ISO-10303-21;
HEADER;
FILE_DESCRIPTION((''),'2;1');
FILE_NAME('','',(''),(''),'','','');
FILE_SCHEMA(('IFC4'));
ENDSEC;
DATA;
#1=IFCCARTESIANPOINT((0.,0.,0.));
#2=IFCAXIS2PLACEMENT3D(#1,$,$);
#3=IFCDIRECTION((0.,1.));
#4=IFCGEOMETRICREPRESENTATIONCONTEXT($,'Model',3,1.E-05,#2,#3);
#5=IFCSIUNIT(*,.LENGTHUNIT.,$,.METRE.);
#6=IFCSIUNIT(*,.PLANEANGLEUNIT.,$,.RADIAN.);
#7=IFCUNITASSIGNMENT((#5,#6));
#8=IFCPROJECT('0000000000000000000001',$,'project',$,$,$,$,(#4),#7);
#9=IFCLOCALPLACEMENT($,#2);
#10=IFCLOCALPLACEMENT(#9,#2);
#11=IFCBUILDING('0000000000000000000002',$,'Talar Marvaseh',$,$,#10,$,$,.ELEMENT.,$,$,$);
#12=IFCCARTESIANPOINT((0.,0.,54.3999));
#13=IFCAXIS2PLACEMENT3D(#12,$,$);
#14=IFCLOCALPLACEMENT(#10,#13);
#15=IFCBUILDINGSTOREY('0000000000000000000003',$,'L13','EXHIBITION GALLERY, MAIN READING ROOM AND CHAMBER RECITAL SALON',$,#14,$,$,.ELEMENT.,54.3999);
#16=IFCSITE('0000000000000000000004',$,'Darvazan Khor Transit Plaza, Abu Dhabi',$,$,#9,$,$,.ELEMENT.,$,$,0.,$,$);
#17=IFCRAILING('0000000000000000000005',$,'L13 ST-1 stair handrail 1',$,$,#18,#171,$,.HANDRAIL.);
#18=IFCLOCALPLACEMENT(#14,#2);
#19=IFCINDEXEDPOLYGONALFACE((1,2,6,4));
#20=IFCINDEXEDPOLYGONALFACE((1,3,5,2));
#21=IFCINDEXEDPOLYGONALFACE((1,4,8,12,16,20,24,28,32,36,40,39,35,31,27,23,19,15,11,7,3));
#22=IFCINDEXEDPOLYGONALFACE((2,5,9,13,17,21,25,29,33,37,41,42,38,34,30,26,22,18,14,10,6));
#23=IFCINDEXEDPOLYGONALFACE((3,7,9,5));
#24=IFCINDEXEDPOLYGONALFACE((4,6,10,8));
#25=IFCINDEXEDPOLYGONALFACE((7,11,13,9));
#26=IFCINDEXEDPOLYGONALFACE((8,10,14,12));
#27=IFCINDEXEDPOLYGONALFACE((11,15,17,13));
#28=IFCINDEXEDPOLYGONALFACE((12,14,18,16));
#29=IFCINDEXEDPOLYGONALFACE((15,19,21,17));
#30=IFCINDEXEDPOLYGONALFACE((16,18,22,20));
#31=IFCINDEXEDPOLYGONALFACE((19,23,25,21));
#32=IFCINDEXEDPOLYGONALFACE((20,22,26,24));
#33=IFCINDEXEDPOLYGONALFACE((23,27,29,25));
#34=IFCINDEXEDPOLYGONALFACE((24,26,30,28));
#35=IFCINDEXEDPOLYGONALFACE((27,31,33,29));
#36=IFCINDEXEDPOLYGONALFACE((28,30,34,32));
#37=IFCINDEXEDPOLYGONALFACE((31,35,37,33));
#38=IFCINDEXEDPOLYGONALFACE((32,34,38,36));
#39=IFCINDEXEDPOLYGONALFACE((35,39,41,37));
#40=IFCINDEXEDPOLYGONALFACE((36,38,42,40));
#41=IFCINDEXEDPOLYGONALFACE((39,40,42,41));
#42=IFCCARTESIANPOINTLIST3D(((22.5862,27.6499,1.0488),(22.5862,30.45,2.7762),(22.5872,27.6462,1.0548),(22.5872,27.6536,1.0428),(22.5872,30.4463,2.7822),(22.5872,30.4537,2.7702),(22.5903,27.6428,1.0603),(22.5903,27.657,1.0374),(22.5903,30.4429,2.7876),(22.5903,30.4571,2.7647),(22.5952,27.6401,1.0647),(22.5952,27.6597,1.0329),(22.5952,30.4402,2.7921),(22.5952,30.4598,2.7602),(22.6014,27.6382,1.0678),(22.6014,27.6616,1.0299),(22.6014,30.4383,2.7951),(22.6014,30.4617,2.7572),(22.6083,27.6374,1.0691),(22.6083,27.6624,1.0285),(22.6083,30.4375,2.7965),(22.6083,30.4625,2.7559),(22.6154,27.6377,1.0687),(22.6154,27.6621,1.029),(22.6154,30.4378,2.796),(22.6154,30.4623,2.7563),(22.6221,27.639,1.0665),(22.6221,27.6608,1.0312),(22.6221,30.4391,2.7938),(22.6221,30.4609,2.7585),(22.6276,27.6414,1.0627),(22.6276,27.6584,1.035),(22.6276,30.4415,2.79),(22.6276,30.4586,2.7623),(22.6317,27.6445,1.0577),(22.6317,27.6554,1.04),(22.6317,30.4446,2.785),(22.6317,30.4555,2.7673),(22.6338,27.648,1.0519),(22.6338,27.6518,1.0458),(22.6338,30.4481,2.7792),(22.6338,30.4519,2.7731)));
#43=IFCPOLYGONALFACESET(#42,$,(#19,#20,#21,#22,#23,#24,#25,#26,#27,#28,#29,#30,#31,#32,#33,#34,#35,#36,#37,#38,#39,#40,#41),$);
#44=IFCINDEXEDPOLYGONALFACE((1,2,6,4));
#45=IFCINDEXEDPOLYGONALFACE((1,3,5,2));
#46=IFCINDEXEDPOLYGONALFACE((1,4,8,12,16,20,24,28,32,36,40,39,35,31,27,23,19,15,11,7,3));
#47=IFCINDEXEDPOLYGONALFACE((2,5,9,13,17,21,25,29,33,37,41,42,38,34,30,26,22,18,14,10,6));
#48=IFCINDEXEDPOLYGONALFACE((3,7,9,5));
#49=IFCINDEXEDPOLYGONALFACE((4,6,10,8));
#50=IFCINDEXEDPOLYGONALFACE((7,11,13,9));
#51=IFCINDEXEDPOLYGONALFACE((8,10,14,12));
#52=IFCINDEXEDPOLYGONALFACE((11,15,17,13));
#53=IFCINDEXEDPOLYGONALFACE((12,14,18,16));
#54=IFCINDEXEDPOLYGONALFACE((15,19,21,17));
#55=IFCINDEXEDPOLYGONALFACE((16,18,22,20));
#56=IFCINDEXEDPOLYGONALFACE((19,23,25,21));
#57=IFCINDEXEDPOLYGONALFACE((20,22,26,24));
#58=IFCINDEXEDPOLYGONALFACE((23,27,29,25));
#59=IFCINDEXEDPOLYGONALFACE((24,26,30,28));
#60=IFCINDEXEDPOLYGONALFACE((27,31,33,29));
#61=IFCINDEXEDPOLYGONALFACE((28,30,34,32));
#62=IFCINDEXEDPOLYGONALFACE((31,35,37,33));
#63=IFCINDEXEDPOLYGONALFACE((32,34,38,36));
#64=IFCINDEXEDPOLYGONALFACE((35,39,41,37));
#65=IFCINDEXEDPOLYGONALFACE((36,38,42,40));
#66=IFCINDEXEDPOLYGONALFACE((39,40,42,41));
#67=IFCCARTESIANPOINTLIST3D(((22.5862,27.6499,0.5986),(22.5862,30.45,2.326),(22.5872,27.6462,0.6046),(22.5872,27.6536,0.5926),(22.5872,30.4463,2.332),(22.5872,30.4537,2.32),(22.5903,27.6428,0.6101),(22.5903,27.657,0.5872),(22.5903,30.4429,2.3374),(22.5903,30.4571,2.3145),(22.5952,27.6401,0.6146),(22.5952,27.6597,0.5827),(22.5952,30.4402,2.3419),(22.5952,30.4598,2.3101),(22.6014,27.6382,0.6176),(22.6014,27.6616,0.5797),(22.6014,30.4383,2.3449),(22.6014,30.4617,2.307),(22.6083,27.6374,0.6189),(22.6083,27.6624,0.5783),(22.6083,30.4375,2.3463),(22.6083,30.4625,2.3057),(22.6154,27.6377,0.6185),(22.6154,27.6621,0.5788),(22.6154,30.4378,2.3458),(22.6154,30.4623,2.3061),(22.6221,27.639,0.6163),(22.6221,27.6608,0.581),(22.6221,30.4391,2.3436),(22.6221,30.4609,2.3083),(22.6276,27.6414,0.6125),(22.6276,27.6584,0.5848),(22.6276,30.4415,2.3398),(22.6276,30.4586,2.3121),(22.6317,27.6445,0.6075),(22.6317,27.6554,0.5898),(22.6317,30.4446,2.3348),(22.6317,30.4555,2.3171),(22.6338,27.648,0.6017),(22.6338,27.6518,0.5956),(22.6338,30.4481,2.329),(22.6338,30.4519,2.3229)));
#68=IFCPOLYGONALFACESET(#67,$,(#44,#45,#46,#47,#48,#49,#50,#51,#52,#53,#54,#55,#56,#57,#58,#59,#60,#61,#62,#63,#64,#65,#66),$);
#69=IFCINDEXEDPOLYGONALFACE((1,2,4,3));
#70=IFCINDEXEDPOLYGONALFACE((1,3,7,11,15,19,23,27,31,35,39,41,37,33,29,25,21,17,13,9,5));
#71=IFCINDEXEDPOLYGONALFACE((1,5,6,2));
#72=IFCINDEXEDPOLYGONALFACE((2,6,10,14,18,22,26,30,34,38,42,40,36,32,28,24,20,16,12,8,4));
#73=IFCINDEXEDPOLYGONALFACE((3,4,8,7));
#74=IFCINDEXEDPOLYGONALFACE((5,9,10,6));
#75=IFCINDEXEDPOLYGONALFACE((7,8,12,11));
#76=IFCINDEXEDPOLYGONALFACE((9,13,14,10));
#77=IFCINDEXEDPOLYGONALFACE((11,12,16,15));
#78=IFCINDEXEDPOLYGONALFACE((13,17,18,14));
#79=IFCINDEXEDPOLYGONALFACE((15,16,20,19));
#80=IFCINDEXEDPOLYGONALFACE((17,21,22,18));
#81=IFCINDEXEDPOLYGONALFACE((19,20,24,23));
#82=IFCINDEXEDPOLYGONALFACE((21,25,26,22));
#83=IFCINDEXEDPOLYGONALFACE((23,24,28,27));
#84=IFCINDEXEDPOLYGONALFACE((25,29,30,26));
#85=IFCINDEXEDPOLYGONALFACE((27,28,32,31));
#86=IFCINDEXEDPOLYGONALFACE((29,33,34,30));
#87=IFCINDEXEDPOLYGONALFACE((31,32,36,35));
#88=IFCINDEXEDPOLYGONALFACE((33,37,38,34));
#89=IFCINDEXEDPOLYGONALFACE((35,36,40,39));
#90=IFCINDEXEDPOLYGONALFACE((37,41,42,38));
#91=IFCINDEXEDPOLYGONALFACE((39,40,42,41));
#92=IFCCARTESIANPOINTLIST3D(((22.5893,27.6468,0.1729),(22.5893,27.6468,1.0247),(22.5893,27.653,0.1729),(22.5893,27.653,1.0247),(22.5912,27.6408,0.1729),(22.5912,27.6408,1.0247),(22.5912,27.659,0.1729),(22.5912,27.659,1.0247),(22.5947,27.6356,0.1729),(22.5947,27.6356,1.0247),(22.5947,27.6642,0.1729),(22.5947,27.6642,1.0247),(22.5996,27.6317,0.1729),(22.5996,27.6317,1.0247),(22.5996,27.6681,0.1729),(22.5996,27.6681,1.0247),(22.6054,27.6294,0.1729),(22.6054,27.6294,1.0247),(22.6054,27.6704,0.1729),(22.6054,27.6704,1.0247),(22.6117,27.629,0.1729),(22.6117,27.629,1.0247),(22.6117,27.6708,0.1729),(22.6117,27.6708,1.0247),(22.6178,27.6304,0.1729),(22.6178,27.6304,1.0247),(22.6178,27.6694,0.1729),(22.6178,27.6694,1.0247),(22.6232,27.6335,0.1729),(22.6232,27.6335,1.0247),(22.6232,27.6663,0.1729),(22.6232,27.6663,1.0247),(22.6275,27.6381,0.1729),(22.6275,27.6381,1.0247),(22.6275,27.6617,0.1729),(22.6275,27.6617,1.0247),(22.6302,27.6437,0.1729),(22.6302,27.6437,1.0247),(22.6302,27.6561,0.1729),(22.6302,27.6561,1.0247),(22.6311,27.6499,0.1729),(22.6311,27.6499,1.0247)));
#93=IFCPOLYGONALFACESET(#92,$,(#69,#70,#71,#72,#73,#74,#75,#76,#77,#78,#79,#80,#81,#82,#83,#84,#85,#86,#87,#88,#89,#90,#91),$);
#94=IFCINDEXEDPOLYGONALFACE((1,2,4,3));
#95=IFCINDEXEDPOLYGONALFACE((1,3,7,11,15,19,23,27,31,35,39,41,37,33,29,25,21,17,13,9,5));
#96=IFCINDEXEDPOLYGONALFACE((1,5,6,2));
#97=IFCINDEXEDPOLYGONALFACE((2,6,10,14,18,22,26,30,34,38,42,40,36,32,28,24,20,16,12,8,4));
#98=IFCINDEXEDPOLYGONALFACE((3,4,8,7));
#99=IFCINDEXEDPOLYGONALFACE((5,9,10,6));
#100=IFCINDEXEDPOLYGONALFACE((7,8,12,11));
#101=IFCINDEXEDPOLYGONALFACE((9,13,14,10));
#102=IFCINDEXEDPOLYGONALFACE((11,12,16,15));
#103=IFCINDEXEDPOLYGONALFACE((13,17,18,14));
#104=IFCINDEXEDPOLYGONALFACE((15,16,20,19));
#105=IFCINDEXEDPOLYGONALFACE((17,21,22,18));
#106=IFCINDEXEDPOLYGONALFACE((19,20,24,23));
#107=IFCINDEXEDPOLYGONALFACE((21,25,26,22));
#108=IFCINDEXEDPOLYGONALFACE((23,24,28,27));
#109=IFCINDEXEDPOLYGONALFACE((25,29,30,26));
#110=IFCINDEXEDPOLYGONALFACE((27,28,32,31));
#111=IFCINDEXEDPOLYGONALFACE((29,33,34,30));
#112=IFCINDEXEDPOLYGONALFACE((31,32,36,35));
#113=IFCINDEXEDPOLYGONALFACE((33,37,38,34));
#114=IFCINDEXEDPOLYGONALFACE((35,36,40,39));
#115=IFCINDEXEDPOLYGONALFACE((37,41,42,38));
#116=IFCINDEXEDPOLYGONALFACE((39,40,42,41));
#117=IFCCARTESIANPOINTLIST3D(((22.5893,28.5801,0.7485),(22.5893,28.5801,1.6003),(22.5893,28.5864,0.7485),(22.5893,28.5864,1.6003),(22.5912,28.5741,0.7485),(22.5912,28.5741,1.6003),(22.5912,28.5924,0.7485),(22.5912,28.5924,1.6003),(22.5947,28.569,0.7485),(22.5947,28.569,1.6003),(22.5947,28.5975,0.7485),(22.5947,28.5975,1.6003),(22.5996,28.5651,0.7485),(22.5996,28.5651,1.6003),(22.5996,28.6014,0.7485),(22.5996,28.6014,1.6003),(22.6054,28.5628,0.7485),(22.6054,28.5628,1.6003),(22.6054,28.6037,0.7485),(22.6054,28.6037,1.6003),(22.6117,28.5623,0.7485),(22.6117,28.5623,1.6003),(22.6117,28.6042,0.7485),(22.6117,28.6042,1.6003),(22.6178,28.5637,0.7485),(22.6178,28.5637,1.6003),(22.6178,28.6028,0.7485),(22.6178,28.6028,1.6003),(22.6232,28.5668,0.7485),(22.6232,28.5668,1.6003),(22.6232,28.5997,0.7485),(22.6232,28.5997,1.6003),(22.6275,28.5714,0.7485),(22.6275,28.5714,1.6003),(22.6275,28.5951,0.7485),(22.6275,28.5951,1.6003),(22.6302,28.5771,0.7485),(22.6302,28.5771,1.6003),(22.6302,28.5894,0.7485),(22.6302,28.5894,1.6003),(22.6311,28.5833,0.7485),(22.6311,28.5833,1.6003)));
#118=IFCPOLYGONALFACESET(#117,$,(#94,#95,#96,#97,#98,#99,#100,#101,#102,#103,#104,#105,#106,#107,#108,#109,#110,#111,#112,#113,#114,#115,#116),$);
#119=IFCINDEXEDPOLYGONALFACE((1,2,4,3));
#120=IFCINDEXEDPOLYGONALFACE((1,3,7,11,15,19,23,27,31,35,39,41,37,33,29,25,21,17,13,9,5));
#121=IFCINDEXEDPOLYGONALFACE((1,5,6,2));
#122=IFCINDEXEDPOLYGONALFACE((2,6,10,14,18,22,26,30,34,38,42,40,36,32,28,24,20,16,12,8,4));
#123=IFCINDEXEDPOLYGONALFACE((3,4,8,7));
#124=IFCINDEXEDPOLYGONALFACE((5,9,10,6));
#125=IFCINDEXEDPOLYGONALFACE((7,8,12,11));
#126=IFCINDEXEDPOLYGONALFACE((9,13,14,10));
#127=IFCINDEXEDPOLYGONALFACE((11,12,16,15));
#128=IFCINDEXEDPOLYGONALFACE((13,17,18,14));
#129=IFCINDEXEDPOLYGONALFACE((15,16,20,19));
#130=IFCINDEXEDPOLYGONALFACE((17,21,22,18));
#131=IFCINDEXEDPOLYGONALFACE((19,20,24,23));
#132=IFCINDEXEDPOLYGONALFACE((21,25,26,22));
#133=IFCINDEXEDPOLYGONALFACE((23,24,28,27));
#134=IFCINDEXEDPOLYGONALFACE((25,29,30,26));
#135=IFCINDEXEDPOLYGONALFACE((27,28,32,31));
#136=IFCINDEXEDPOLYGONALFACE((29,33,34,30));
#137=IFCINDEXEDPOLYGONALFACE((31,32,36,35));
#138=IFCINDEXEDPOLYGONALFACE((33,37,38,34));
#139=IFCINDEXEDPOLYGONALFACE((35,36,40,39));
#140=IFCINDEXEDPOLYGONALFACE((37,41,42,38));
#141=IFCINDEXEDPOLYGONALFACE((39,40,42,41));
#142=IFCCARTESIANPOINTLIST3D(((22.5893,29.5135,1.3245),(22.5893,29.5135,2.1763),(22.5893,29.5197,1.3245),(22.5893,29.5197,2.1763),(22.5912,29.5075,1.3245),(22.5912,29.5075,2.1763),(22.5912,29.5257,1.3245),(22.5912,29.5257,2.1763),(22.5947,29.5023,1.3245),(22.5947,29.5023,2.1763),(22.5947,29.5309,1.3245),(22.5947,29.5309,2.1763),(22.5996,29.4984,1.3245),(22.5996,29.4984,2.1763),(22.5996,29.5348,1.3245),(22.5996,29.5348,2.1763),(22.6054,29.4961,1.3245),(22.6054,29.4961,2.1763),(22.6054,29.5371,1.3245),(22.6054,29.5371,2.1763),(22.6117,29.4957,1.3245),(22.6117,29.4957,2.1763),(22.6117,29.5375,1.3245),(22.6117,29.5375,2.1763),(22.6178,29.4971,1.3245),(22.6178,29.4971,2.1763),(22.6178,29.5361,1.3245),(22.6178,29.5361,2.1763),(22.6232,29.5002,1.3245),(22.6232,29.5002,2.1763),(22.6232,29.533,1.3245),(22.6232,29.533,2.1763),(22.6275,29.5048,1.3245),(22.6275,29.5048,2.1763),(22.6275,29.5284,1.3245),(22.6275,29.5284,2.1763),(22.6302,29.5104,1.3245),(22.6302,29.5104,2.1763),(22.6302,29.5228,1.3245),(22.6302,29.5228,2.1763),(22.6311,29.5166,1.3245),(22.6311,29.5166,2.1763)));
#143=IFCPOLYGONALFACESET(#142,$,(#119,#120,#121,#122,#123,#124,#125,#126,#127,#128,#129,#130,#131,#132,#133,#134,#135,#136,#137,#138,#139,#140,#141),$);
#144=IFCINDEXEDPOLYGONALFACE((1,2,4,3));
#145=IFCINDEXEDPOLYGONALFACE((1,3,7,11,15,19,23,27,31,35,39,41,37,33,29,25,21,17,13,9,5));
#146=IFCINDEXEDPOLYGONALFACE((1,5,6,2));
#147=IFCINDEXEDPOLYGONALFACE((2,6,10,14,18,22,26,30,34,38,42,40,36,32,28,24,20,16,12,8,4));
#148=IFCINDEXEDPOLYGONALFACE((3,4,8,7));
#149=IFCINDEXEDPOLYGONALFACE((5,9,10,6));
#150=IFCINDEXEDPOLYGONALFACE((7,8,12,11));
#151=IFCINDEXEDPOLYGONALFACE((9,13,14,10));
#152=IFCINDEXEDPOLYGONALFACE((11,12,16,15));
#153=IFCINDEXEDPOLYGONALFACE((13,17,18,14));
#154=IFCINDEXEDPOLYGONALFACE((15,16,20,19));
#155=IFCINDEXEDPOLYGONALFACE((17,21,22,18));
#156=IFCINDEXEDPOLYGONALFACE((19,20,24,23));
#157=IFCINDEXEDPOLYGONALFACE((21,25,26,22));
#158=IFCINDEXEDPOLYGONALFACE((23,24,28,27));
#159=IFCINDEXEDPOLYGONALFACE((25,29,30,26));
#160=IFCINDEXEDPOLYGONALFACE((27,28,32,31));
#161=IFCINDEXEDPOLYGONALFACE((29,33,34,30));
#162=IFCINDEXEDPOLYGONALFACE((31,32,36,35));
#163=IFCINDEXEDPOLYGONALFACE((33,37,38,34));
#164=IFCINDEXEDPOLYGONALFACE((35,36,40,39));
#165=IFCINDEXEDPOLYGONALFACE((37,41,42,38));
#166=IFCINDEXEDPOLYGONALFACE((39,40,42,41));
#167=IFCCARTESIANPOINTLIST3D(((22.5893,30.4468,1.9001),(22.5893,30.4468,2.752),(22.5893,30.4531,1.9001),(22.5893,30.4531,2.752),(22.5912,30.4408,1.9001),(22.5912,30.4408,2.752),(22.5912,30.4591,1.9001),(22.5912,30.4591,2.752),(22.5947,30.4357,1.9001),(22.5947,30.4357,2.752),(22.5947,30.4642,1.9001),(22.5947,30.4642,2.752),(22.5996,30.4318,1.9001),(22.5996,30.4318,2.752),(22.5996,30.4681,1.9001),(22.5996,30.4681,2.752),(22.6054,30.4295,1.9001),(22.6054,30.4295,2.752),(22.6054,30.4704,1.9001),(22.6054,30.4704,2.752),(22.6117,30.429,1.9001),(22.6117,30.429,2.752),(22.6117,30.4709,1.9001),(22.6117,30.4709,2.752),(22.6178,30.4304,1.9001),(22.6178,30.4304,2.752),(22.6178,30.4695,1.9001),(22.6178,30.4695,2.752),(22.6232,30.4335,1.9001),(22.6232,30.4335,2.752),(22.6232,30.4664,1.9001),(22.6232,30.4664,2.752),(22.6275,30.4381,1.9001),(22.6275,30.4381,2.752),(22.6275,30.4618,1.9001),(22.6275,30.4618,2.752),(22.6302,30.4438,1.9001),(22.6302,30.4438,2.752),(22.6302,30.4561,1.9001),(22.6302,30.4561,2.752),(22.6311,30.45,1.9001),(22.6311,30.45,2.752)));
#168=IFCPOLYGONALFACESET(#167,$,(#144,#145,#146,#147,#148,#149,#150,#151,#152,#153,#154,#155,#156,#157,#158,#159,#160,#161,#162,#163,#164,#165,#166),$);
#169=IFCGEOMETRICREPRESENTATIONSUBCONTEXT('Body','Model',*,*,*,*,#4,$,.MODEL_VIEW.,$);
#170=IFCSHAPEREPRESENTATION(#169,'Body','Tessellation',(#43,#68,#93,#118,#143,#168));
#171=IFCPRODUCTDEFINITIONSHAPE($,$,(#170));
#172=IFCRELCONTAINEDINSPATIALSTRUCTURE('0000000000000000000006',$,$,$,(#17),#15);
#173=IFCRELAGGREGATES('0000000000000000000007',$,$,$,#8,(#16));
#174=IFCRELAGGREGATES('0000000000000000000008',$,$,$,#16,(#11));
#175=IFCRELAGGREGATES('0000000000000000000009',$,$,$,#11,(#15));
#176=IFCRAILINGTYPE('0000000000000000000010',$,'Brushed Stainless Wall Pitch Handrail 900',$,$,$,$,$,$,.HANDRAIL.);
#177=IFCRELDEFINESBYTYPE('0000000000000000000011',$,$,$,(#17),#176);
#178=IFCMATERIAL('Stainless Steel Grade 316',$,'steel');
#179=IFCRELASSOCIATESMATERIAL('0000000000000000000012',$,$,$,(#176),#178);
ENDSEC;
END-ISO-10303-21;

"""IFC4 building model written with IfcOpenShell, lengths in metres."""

from ifc_helpers import new_model, si_unit, direction, frame, origin, origin_2d, place, context, subcontext, project, spatial, circle, extrude, material, type_object, element, save


model = new_model("IFC4")

# Units and contexts
model_context = context("Model", 3, precision=1e-05, world=origin(), true_north=direction((0.0, 1.0)))
body_context = subcontext(model_context, "Body", "Model", "MODEL_VIEW")
ifc_project = project(units=[si_unit("LENGTHUNIT", "METRE"), si_unit("PLANEANGLEUNIT", "RADIAN")], contexts=[model_context])

# Site, building, storey
site_placement = place(None, origin())
site = spatial("IfcSite", under=ifc_project, at=site_placement, Name="Darvazan Khor Transit Plaza, Abu Dhabi", CompositionType="ELEMENT", RefElevation=0.0)
building_placement = place(site_placement, origin())
building = spatial("IfcBuilding", under=site, at=building_placement, Name="Talar Marvaseh", CompositionType="ELEMENT")
storey_placement = place(building_placement, frame((0.0, 0.0, 54.3999)))
storey = spatial("IfcBuildingStorey", under=building, at=storey_placement, Name="L13", Description="EXHIBITION GALLERY, MAIN READING ROOM AND CHAMBER RECITAL SALON", CompositionType="ELEMENT", Elevation=54.3999)

# Railing
ifc_material_1 = material(Name="Stainless Steel Grade 316", Category="steel")
railing_type_1 = type_object("IfcRailingType", Name="Brushed Stainless Wall Pitch Handrail 900", PredefinedType="HANDRAIL", material=ifc_material_1)
railing_1_placement = place(storey_placement, frame((22.6101, 27.6499, 0.1729)))
element("IfcRailing", 1, at=railing_1_placement, inside=storey, type_object=railing_type_1, Name="L13 ST-1 stair handrail 1", PredefinedType="HANDRAIL", context=body_context, shape_type="SweptSolid", body=[
    extrude(circle(Radius=0.0239, at=origin_2d()), frame((0.0, 0.0, 0.876), z_axis=(0.0, 0.85109, 0.52502), x_axis=(-1.0, 0.0, 0.0)), (0.0, 0.0, 1.0), 3.29),
    extrude(circle(Radius=0.0239, at=origin_2d()), frame((0.0, 0.0, 0.4258), z_axis=(0.0, 0.85109, 0.52502), x_axis=(-1.0, 0.0, 0.0)), (0.0, 0.0, 1.0), 3.29),
    extrude(circle(Radius=0.021, at=origin_2d()), origin(), (0.0, 0.0, 1.0), 0.8518),
    extrude(circle(Radius=0.021, at=origin_2d()), frame((0.0, 0.9333, 0.5757)), (0.0, 0.0, 1.0), 0.8518),
    extrude(circle(Radius=0.021, at=origin_2d()), frame((0.0, 1.8667, 1.1516)), (0.0, 0.0, 1.0), 0.8518),
    extrude(circle(Radius=0.021, at=origin_2d()), frame((0.0, 2.8, 1.7273)), (0.0, 0.0, 1.0), 0.8518),
])

save(model, "model.ifc")
